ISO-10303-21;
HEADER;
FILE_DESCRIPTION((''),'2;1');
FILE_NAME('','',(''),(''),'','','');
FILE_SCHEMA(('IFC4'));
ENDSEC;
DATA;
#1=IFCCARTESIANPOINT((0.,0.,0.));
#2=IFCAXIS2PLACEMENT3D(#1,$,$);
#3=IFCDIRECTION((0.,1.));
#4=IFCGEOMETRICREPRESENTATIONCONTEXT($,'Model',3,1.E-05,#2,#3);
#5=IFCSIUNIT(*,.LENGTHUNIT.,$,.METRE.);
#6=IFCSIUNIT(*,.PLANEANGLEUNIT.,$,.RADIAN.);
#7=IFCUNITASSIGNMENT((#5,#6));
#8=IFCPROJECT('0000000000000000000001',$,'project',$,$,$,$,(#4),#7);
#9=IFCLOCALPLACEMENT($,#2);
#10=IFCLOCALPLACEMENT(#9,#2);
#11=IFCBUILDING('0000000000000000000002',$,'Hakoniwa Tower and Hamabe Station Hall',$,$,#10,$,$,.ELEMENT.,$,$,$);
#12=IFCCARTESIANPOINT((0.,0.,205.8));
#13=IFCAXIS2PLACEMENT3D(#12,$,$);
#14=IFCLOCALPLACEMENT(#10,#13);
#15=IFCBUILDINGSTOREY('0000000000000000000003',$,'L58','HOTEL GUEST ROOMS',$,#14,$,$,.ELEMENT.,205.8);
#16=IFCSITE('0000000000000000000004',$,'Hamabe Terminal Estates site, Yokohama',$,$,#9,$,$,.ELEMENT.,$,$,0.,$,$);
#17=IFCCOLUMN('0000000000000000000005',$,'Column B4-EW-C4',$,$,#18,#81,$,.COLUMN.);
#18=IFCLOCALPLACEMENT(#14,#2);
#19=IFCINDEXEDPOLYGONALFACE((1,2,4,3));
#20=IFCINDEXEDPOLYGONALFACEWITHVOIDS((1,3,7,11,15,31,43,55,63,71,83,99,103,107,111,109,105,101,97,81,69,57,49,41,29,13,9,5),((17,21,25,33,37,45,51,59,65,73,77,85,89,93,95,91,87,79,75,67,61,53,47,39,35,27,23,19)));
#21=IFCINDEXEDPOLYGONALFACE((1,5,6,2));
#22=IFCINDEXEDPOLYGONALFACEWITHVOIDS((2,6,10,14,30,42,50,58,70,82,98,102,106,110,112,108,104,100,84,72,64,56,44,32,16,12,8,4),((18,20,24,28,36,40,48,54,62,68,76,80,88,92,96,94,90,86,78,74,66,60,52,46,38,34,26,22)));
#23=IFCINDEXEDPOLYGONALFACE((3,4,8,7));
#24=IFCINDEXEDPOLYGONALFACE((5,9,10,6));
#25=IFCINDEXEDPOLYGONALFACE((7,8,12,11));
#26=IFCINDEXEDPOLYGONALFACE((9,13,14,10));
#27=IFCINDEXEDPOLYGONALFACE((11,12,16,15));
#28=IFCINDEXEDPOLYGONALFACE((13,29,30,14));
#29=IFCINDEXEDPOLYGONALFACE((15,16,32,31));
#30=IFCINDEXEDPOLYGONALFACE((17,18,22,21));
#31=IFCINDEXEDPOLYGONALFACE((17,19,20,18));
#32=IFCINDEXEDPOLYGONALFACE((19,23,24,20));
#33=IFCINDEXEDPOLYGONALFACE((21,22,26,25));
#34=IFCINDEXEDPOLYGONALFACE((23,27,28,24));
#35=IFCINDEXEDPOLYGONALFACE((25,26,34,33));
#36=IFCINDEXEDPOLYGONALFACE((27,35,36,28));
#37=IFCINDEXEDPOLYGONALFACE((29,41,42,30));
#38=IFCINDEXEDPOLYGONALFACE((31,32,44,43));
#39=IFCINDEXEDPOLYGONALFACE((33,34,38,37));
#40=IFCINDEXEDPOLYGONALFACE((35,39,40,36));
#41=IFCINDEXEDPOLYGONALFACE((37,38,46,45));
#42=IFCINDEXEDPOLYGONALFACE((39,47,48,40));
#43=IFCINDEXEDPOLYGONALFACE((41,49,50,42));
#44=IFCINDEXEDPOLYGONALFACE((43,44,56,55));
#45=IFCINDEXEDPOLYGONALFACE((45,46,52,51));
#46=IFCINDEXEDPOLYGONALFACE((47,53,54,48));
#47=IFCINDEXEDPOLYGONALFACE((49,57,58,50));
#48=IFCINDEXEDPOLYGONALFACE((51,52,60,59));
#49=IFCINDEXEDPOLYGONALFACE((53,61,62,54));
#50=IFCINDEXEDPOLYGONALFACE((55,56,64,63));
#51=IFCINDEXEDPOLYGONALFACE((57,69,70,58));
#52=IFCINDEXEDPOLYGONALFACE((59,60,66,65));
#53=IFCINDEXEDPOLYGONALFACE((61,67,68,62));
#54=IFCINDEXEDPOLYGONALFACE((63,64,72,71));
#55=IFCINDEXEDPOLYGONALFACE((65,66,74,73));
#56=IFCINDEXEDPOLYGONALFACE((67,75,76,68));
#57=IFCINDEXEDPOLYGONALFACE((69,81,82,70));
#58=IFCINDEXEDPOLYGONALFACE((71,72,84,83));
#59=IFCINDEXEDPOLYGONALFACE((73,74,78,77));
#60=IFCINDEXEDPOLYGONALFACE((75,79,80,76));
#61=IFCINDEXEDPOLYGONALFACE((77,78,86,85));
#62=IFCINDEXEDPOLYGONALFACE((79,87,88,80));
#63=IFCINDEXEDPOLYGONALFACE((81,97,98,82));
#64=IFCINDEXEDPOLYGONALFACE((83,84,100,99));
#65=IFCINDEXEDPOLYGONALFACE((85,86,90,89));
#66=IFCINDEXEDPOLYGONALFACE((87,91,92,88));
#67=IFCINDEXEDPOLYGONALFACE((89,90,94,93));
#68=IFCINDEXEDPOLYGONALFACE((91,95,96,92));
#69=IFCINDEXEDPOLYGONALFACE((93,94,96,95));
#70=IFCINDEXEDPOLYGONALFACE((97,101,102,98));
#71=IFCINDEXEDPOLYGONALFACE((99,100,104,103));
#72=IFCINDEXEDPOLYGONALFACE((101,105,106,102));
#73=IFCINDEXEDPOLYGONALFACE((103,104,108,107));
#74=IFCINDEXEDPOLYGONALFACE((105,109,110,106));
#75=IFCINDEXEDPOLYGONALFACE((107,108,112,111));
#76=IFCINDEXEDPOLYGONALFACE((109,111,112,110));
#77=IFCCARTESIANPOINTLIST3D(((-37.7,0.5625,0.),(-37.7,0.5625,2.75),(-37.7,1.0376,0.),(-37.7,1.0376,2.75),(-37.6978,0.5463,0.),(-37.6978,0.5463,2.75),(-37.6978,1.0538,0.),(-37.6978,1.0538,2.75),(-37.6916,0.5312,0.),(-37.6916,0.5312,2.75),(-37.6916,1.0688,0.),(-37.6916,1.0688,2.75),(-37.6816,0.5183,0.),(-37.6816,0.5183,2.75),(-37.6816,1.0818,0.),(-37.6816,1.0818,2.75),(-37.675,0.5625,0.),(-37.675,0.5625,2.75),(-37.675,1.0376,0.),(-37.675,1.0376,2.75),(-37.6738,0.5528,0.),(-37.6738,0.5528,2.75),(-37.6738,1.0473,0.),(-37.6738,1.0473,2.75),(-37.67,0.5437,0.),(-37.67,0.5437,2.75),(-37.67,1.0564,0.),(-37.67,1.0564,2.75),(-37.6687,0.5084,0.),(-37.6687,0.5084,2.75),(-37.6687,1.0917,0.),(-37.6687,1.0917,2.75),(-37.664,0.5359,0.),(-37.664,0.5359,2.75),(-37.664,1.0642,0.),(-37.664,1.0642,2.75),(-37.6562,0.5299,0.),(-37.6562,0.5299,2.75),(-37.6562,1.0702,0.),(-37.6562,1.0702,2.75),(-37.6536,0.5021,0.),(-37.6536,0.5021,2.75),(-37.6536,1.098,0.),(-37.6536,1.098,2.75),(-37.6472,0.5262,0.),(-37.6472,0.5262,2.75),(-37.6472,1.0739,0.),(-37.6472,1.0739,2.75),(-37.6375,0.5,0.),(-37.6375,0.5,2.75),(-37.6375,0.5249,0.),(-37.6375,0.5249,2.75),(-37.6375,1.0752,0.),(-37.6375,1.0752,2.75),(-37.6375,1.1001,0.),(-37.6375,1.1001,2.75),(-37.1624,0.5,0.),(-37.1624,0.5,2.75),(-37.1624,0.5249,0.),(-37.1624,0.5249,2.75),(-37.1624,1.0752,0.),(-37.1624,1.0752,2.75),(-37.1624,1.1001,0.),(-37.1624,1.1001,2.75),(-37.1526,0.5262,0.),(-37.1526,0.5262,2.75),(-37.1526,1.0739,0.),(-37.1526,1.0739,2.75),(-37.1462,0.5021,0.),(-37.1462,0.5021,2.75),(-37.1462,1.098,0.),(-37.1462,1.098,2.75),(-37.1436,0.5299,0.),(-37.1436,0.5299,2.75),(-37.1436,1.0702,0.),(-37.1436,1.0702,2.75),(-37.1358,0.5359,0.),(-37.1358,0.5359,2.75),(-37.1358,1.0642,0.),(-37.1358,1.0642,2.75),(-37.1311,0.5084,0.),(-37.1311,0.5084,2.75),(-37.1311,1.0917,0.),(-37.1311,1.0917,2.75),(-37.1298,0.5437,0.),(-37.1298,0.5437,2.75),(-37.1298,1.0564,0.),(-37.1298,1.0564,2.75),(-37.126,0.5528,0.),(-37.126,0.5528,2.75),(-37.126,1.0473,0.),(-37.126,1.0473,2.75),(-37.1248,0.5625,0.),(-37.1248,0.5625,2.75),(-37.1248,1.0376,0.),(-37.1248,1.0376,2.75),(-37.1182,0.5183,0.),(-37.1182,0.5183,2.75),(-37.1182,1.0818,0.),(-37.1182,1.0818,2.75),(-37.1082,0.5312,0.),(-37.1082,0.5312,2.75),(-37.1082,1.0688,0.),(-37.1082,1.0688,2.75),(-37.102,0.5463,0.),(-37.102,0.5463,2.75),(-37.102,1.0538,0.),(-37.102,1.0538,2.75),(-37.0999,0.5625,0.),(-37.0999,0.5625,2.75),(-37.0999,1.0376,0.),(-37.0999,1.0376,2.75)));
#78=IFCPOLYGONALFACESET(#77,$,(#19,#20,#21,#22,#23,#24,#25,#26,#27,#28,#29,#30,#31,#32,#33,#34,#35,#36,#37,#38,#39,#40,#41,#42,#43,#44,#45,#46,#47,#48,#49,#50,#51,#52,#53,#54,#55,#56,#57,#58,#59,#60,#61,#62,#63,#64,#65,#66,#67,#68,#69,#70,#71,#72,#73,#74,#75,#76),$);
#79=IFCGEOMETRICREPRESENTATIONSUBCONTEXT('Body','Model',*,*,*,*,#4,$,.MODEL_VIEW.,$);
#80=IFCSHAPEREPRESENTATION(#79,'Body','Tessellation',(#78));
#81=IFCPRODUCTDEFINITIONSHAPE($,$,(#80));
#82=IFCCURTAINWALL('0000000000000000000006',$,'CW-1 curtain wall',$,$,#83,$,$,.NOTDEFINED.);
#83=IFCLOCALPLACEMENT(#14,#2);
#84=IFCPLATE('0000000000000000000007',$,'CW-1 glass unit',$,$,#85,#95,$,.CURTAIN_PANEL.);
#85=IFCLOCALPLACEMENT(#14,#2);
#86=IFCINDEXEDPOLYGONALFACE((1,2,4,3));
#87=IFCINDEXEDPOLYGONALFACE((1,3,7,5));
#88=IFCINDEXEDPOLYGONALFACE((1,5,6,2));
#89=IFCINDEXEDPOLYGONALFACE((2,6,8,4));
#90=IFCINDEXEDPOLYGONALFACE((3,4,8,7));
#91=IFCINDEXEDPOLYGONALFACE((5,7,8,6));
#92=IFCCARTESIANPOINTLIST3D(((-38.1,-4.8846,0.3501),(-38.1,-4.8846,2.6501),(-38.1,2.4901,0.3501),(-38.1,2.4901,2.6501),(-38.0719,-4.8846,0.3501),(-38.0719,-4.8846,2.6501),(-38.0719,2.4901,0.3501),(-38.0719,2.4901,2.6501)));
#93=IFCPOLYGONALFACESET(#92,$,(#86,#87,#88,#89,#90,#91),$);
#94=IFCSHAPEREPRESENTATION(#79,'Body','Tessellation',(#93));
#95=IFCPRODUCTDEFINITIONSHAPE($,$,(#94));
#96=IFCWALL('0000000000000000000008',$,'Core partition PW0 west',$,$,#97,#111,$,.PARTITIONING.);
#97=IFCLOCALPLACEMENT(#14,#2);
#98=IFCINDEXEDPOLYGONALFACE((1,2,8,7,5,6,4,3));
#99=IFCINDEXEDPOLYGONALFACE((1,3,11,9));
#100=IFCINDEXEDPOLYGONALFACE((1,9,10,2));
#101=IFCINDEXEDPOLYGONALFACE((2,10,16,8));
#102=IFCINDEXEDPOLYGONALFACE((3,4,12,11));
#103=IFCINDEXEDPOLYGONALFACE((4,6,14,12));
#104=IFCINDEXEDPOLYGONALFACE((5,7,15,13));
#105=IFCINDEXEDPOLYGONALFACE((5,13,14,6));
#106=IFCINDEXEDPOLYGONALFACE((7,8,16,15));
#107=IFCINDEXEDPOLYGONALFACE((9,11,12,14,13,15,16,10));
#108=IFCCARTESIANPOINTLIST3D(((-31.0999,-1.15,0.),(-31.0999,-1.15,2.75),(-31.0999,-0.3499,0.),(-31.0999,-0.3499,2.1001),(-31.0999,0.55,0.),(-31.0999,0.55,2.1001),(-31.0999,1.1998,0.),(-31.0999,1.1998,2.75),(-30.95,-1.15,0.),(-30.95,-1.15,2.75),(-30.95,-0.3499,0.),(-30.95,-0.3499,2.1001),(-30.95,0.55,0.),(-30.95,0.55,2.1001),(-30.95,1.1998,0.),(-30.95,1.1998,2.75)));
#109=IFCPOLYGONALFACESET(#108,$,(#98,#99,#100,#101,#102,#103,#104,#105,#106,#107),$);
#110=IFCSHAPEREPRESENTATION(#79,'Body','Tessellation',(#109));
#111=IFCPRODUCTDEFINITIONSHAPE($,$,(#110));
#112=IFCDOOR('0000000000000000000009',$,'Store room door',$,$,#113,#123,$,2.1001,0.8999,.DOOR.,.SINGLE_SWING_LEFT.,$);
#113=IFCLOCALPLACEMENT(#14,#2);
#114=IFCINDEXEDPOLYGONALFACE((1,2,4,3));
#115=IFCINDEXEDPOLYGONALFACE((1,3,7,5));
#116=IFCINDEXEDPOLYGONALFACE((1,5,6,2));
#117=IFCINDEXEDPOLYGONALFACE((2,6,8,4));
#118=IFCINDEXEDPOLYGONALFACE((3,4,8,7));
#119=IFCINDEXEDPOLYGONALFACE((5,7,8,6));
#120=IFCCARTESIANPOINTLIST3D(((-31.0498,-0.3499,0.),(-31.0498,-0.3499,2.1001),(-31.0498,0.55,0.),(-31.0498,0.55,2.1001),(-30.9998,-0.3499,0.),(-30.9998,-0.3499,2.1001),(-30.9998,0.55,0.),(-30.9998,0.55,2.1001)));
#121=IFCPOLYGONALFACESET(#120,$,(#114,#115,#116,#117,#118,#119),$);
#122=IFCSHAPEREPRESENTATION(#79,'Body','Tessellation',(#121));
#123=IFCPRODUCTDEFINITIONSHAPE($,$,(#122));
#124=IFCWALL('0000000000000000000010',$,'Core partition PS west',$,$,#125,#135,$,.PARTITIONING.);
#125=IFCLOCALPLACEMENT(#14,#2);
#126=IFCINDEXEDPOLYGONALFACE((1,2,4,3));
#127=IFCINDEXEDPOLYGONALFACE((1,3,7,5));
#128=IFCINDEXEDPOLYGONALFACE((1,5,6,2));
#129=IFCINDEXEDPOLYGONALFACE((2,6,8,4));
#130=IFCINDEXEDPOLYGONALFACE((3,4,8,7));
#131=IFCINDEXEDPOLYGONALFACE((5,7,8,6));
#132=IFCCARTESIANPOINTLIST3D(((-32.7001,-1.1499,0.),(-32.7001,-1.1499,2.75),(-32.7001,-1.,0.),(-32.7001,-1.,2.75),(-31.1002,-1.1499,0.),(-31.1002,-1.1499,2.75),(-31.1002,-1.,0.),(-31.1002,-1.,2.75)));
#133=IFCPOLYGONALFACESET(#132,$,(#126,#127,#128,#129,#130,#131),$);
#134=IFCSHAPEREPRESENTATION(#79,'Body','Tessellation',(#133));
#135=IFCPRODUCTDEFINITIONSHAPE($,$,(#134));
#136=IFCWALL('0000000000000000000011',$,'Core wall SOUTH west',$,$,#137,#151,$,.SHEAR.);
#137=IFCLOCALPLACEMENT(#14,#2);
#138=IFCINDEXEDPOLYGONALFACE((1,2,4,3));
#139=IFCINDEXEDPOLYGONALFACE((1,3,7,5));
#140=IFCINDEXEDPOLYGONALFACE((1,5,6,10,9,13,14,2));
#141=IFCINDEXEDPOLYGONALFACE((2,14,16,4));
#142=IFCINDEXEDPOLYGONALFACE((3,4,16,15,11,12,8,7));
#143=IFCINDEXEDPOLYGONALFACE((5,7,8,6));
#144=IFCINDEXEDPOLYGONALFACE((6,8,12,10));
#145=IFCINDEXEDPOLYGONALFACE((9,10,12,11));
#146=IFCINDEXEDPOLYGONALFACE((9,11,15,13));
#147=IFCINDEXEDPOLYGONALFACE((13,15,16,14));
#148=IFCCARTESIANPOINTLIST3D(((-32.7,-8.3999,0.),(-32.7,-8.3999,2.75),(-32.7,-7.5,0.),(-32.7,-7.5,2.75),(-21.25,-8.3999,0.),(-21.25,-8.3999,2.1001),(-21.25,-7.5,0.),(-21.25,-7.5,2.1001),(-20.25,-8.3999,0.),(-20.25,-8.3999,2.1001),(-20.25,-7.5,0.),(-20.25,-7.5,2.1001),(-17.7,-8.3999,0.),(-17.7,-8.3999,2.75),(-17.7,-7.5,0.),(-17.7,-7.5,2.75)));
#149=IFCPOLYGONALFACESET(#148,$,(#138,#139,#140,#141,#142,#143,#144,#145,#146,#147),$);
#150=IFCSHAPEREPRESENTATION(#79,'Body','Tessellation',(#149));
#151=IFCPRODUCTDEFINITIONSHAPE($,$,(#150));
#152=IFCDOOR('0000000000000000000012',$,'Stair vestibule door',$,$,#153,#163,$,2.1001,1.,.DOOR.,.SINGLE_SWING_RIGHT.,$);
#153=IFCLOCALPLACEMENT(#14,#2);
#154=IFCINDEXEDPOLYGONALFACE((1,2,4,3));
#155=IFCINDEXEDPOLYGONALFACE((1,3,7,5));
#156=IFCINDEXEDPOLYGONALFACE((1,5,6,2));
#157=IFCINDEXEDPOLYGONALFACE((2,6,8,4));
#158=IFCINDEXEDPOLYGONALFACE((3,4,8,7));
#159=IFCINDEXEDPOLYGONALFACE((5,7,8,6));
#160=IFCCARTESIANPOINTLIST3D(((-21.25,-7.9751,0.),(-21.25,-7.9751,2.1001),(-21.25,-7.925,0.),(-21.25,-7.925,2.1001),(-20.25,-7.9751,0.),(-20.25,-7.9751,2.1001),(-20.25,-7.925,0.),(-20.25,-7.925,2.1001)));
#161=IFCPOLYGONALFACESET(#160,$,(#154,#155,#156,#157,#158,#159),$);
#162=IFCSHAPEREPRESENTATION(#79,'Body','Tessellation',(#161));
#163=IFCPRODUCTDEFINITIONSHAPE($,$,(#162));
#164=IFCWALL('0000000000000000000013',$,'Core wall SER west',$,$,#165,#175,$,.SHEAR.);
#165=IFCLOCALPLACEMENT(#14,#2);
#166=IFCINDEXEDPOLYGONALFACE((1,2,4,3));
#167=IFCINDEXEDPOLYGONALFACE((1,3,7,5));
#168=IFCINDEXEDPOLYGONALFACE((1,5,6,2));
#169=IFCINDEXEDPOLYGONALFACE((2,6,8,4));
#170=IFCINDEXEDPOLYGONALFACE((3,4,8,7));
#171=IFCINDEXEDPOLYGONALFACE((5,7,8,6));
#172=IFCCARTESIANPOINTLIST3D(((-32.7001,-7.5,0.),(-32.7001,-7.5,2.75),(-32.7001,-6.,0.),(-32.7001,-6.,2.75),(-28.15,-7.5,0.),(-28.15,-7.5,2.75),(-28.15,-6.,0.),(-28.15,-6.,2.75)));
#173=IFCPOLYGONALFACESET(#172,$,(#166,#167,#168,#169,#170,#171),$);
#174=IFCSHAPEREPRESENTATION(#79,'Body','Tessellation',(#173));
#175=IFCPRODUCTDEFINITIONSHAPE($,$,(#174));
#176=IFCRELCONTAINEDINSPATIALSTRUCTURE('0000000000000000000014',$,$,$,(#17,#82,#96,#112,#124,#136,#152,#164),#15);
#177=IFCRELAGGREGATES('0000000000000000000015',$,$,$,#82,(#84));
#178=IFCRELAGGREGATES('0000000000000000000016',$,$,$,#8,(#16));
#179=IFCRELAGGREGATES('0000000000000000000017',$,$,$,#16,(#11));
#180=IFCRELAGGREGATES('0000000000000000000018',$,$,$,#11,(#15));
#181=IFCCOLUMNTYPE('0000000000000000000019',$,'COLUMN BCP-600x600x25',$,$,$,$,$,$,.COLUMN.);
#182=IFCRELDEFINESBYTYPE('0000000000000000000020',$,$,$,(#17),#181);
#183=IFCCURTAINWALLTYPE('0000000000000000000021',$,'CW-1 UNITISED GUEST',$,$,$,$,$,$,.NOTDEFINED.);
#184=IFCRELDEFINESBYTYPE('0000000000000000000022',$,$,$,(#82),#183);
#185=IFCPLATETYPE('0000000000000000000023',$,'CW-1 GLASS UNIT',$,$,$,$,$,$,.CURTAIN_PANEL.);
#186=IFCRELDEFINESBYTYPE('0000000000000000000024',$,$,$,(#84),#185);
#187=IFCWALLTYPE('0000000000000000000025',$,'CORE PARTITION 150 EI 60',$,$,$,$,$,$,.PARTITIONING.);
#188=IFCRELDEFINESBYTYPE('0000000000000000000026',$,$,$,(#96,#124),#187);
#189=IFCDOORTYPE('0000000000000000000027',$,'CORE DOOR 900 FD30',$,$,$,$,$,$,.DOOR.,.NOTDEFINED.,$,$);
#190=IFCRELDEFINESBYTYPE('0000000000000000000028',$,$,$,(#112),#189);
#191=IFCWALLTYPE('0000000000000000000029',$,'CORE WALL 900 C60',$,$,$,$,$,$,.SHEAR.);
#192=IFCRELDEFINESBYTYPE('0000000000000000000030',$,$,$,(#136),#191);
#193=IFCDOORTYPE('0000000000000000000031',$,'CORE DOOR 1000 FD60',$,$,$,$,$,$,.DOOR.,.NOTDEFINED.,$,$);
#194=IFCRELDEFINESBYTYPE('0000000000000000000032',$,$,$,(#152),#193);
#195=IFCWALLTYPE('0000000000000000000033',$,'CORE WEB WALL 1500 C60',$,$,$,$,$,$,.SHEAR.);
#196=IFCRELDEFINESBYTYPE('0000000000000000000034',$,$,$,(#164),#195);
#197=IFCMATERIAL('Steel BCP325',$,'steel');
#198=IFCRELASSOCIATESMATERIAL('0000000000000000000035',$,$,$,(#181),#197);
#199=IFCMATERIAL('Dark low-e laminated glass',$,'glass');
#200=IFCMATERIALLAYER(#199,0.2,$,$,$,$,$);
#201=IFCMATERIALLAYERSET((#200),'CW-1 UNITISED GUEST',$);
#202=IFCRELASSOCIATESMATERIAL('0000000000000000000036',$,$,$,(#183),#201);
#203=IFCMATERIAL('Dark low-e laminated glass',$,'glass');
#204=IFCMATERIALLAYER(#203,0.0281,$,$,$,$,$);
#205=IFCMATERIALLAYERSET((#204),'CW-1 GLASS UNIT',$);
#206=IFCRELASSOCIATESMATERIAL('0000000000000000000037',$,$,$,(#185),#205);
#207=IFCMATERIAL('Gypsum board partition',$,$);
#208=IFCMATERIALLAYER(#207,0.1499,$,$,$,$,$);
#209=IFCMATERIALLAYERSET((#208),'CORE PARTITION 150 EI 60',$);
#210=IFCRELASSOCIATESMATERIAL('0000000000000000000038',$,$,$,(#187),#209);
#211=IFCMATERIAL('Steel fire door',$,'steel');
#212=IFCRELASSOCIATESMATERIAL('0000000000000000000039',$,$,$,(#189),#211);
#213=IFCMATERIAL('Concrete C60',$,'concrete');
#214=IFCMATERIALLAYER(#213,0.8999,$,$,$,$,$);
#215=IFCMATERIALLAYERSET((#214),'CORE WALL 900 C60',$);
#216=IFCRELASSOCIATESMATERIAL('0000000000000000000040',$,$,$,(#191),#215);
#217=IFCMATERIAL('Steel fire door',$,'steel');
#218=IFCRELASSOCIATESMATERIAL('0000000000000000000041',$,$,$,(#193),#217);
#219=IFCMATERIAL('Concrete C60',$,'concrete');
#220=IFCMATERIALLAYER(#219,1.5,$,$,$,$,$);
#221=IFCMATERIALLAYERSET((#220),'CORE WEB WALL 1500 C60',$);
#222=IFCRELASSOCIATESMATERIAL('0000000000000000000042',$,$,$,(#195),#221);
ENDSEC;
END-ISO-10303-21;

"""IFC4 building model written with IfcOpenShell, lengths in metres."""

from ifc_helpers import new_model, si_unit, direction, frame, frame_2d, origin, origin_2d, place, context, subcontext, project, spatial, rectangle, hollow_rectangle, extrude, material, layer, layer_set, material_profile, profile_set, type_object, element, fill, aggregate, save


model = new_model("IFC4")

# Units and contexts
model_context = context("Model", 3, precision=1e-05, world=origin(), true_north=direction((0.0, 1.0)))
body_context = subcontext(model_context, "Body", "Model", "MODEL_VIEW")
ifc_project = project(units=[si_unit("LENGTHUNIT", "METRE"), si_unit("PLANEANGLEUNIT", "RADIAN")], contexts=[model_context])

# Site, building, storey
site_placement = place(None, origin())
site = spatial("IfcSite", under=ifc_project, at=site_placement, Name="Hamabe Terminal Estates site, Yokohama", CompositionType="ELEMENT", RefElevation=0.0)
building_placement = place(site_placement, origin())
building = spatial("IfcBuilding", under=site, at=building_placement, Name="Hakoniwa Tower and Hamabe Station Hall", CompositionType="ELEMENT")
storey_placement = place(building_placement, frame((0.0, 0.0, 205.8)))
storey = spatial("IfcBuildingStorey", under=building, at=storey_placement, Name="L58", Description="HOTEL GUEST ROOMS", CompositionType="ELEMENT", Elevation=205.8)

# Column
ifc_material_1 = material(Name="Steel BCP325", Category="steel")
ifc_material_profile = material_profile(ifc_material_1, hollow_rectangle(XDim=0.6001, YDim=0.6001, WallThickness=0.0249, InnerFilletRadius=0.0376, OuterFilletRadius=0.0625, at=origin_2d()), Name="BCP-600x600x25")
ifc_profile_set = profile_set([ifc_material_profile], Name="Steel BCP325")
column_type = type_object("IfcColumnType", Name="COLUMN BCP-600x600x25", PredefinedType="COLUMN", material=ifc_profile_set)
column_placement = place(storey_placement, frame((-37.3999, 0.8, 0.0), z_axis=(0.0, 0.0, 1.0), x_axis=(1.0, 0.0, 0.0)))
element("IfcColumn", 1, at=column_placement, inside=storey, type_object=column_type, Name="Column B4-EW-C4", PredefinedType="COLUMN", context=body_context, shape_type="SweptSolid", body=[
    extrude(hollow_rectangle(XDim=0.6001, YDim=0.6001, WallThickness=0.0249, InnerFilletRadius=0.0376, OuterFilletRadius=0.0625, at=origin_2d()), origin(), (0.0, 0.0, 1.0), 2.75),
])

# Curtain wall, plate
ifc_material_2 = material(Name="Dark low-e laminated glass", Category="glass")
ifc_layer_1 = layer(ifc_material_2, 0.2)
ifc_layer_set_1 = layer_set([ifc_layer_1], Name="CW-1 UNITISED GUEST")
curtain_wall_type = type_object("IfcCurtainWallType", Name="CW-1 UNITISED GUEST", PredefinedType="NOTDEFINED", material=ifc_layer_set_1)
curtain_wall_placement = place(storey_placement, origin())
curtain_wall = element("IfcCurtainWall", 2, at=curtain_wall_placement, inside=storey, type_object=curtain_wall_type, Name="CW-1 curtain wall", PredefinedType="NOTDEFINED")
ifc_material_3 = material(Name="Dark low-e laminated glass", Category="glass")
ifc_layer_2 = layer(ifc_material_3, 0.0281)
ifc_layer_set_2 = layer_set([ifc_layer_2], Name="CW-1 GLASS UNIT")
plate_type = type_object("IfcPlateType", Name="CW-1 GLASS UNIT", PredefinedType="CURTAIN_PANEL", material=ifc_layer_set_2)
plate_placement = place(storey_placement, frame((-38.0859, -1.1973, 0.3501), z_axis=(0.0, 0.0, 1.0), x_axis=(0.0, -1.0, 0.0)))
plate = element("IfcPlate", 3, at=plate_placement, type_object=plate_type, Name="CW-1 glass unit", PredefinedType="CURTAIN_PANEL", context=body_context, shape_type="SweptSolid", body=[
    extrude(rectangle(XDim=7.3748, YDim=0.0281, at=origin_2d()), origin(), (0.0, 0.0, 1.0), 2.3),
])
aggregate(curtain_wall, [plate])

# Wall, opening, door
ifc_material_4 = material(Name="Gypsum board partition")
ifc_layer_3 = layer(ifc_material_4, 0.1499)
ifc_layer_set_3 = layer_set([ifc_layer_3], Name="CORE PARTITION 150 EI 60")
wall_type_1 = type_object("IfcWallType", Name="CORE PARTITION 150 EI 60", PredefinedType="PARTITIONING", material=ifc_layer_set_3)
wall_1_placement = place(storey_placement, frame((-31.0249, -1.1499, 0.0), z_axis=(0.0, 0.0, 1.0), x_axis=(0.0, 1.0, 0.0)))
wall_1 = element("IfcWall", 4, at=wall_1_placement, inside=storey, type_object=wall_type_1, Name="Core partition PW0 west", PredefinedType="PARTITIONING", context=body_context, shape_type="SweptSolid", body=[
    extrude(rectangle(XDim=2.3499, YDim=0.1499, at=frame_2d((1.1748, 0.0))), origin(), (0.0, 0.0, 1.0), 2.75),
])
opening_1_placement = place(wall_1_placement, frame((0.8, 0.0, 0.0)))
opening_1 = element("IfcOpeningElement", 5, at=opening_1_placement, cuts=wall_1, PredefinedType="OPENING", context=body_context, shape_type="SweptSolid", body=[
    extrude(rectangle(XDim=0.8999, YDim=2.1001, at=frame_2d((0.45, 1.05))), frame((0.0, 0.085, 0.0), z_axis=(0.0, -1.0, 0.0), x_axis=(1.0, 0.0, 0.0)), (0.0, 0.0, 1.0), 0.1699),
])
ifc_material_5 = material(Name="Steel fire door", Category="steel")
door_type_1 = type_object("IfcDoorType", Name="CORE DOOR 900 FD30", OperationType="NOTDEFINED", PredefinedType="DOOR", material=ifc_material_5)
door_1_placement = place(opening_1_placement, origin())
door_1 = element("IfcDoor", 6, at=door_1_placement, inside=storey, type_object=door_type_1, Name="Store room door", OperationType="SINGLE_SWING_LEFT", OverallHeight=2.1001, OverallWidth=0.8999, PredefinedType="DOOR", context=body_context, shape_type="SweptSolid", body=[
    extrude(rectangle(XDim=0.8999, YDim=2.1001, at=frame_2d((0.45, 1.05))), frame((0.0, 0.0249, 0.0), z_axis=(0.0, -1.0, 0.0), x_axis=(1.0, 0.0, 0.0)), (0.0, 0.0, 1.0), 0.05),
])
fill(opening_1, door_1)

# Wall
wall_2_placement = place(storey_placement, frame((-32.7, -1.075, 0.0), z_axis=(0.0, 0.0, 1.0), x_axis=(1.0, 0.0, 0.0)))
element("IfcWall", 7, at=wall_2_placement, inside=storey, type_object=wall_type_1, Name="Core partition PS west", PredefinedType="PARTITIONING", context=body_context, shape_type="SweptSolid", body=[
    extrude(rectangle(XDim=1.5999, YDim=0.1499, at=frame_2d((0.7998, 0.0))), origin(), (0.0, 0.0, 1.0), 2.75),
])

# Wall, opening, door
ifc_material_6 = material(Name="Concrete C60", Category="concrete")
ifc_layer_4 = layer(ifc_material_6, 0.8999)
ifc_layer_set_4 = layer_set([ifc_layer_4], Name="CORE WALL 900 C60")
wall_type_2 = type_object("IfcWallType", Name="CORE WALL 900 C60", PredefinedType="SHEAR", material=ifc_layer_set_4)
wall_3_placement = place(storey_placement, frame((-32.7, -7.95, 0.0), z_axis=(0.0, 0.0, 1.0), x_axis=(1.0, 0.0, 0.0)))
wall_3 = element("IfcWall", 8, at=wall_3_placement, inside=storey, type_object=wall_type_2, Name="Core wall SOUTH west", PredefinedType="SHEAR", context=body_context, shape_type="SweptSolid", body=[
    extrude(rectangle(XDim=15.0, YDim=0.8999, at=frame_2d((7.5, 0.0))), origin(), (0.0, 0.0, 1.0), 2.75),
])
opening_2_placement = place(wall_3_placement, frame((11.45, 0.0, 0.0)))
opening_2 = element("IfcOpeningElement", 9, at=opening_2_placement, cuts=wall_3, PredefinedType="OPENING", context=body_context, shape_type="SweptSolid", body=[
    extrude(rectangle(XDim=1.0, YDim=2.1001, at=frame_2d((0.5, 1.05))), frame((0.0, 0.46, 0.0), z_axis=(0.0, -1.0, 0.0), x_axis=(1.0, 0.0, 0.0)), (0.0, 0.0, 1.0), 0.9199),
])
ifc_material_7 = material(Name="Steel fire door", Category="steel")
door_type_2 = type_object("IfcDoorType", Name="CORE DOOR 1000 FD60", OperationType="NOTDEFINED", PredefinedType="DOOR", material=ifc_material_7)
door_2_placement = place(opening_2_placement, origin())
door_2 = element("IfcDoor", 10, at=door_2_placement, inside=storey, type_object=door_type_2, Name="Stair vestibule door", OperationType="SINGLE_SWING_RIGHT", OverallHeight=2.1001, OverallWidth=1.0, PredefinedType="DOOR", context=body_context, shape_type="SweptSolid", body=[
    extrude(rectangle(XDim=1.0, YDim=2.1001, at=frame_2d((0.5, 1.05))), frame((0.0, 0.0249, 0.0), z_axis=(0.0, -1.0, 0.0), x_axis=(1.0, 0.0, 0.0)), (0.0, 0.0, 1.0), 0.05),
])
fill(opening_2, door_2)

# Wall
ifc_material_8 = material(Name="Concrete C60", Category="concrete")
ifc_layer_5 = layer(ifc_material_8, 1.5)
ifc_layer_set_5 = layer_set([ifc_layer_5], Name="CORE WEB WALL 1500 C60")
wall_type_3 = type_object("IfcWallType", Name="CORE WEB WALL 1500 C60", PredefinedType="SHEAR", material=ifc_layer_set_5)
wall_4_placement = place(storey_placement, frame((-32.7, -6.75, 0.0), z_axis=(0.0, 0.0, 1.0), x_axis=(1.0, 0.0, 0.0)))
element("IfcWall", 11, at=wall_4_placement, inside=storey, type_object=wall_type_3, Name="Core wall SER west", PredefinedType="SHEAR", context=body_context, shape_type="SweptSolid", body=[
    extrude(rectangle(XDim=4.55, YDim=1.5, at=frame_2d((2.2749, 0.0))), origin(), (0.0, 0.0, 1.0), 2.75),
])

save(model, "model.ifc")
